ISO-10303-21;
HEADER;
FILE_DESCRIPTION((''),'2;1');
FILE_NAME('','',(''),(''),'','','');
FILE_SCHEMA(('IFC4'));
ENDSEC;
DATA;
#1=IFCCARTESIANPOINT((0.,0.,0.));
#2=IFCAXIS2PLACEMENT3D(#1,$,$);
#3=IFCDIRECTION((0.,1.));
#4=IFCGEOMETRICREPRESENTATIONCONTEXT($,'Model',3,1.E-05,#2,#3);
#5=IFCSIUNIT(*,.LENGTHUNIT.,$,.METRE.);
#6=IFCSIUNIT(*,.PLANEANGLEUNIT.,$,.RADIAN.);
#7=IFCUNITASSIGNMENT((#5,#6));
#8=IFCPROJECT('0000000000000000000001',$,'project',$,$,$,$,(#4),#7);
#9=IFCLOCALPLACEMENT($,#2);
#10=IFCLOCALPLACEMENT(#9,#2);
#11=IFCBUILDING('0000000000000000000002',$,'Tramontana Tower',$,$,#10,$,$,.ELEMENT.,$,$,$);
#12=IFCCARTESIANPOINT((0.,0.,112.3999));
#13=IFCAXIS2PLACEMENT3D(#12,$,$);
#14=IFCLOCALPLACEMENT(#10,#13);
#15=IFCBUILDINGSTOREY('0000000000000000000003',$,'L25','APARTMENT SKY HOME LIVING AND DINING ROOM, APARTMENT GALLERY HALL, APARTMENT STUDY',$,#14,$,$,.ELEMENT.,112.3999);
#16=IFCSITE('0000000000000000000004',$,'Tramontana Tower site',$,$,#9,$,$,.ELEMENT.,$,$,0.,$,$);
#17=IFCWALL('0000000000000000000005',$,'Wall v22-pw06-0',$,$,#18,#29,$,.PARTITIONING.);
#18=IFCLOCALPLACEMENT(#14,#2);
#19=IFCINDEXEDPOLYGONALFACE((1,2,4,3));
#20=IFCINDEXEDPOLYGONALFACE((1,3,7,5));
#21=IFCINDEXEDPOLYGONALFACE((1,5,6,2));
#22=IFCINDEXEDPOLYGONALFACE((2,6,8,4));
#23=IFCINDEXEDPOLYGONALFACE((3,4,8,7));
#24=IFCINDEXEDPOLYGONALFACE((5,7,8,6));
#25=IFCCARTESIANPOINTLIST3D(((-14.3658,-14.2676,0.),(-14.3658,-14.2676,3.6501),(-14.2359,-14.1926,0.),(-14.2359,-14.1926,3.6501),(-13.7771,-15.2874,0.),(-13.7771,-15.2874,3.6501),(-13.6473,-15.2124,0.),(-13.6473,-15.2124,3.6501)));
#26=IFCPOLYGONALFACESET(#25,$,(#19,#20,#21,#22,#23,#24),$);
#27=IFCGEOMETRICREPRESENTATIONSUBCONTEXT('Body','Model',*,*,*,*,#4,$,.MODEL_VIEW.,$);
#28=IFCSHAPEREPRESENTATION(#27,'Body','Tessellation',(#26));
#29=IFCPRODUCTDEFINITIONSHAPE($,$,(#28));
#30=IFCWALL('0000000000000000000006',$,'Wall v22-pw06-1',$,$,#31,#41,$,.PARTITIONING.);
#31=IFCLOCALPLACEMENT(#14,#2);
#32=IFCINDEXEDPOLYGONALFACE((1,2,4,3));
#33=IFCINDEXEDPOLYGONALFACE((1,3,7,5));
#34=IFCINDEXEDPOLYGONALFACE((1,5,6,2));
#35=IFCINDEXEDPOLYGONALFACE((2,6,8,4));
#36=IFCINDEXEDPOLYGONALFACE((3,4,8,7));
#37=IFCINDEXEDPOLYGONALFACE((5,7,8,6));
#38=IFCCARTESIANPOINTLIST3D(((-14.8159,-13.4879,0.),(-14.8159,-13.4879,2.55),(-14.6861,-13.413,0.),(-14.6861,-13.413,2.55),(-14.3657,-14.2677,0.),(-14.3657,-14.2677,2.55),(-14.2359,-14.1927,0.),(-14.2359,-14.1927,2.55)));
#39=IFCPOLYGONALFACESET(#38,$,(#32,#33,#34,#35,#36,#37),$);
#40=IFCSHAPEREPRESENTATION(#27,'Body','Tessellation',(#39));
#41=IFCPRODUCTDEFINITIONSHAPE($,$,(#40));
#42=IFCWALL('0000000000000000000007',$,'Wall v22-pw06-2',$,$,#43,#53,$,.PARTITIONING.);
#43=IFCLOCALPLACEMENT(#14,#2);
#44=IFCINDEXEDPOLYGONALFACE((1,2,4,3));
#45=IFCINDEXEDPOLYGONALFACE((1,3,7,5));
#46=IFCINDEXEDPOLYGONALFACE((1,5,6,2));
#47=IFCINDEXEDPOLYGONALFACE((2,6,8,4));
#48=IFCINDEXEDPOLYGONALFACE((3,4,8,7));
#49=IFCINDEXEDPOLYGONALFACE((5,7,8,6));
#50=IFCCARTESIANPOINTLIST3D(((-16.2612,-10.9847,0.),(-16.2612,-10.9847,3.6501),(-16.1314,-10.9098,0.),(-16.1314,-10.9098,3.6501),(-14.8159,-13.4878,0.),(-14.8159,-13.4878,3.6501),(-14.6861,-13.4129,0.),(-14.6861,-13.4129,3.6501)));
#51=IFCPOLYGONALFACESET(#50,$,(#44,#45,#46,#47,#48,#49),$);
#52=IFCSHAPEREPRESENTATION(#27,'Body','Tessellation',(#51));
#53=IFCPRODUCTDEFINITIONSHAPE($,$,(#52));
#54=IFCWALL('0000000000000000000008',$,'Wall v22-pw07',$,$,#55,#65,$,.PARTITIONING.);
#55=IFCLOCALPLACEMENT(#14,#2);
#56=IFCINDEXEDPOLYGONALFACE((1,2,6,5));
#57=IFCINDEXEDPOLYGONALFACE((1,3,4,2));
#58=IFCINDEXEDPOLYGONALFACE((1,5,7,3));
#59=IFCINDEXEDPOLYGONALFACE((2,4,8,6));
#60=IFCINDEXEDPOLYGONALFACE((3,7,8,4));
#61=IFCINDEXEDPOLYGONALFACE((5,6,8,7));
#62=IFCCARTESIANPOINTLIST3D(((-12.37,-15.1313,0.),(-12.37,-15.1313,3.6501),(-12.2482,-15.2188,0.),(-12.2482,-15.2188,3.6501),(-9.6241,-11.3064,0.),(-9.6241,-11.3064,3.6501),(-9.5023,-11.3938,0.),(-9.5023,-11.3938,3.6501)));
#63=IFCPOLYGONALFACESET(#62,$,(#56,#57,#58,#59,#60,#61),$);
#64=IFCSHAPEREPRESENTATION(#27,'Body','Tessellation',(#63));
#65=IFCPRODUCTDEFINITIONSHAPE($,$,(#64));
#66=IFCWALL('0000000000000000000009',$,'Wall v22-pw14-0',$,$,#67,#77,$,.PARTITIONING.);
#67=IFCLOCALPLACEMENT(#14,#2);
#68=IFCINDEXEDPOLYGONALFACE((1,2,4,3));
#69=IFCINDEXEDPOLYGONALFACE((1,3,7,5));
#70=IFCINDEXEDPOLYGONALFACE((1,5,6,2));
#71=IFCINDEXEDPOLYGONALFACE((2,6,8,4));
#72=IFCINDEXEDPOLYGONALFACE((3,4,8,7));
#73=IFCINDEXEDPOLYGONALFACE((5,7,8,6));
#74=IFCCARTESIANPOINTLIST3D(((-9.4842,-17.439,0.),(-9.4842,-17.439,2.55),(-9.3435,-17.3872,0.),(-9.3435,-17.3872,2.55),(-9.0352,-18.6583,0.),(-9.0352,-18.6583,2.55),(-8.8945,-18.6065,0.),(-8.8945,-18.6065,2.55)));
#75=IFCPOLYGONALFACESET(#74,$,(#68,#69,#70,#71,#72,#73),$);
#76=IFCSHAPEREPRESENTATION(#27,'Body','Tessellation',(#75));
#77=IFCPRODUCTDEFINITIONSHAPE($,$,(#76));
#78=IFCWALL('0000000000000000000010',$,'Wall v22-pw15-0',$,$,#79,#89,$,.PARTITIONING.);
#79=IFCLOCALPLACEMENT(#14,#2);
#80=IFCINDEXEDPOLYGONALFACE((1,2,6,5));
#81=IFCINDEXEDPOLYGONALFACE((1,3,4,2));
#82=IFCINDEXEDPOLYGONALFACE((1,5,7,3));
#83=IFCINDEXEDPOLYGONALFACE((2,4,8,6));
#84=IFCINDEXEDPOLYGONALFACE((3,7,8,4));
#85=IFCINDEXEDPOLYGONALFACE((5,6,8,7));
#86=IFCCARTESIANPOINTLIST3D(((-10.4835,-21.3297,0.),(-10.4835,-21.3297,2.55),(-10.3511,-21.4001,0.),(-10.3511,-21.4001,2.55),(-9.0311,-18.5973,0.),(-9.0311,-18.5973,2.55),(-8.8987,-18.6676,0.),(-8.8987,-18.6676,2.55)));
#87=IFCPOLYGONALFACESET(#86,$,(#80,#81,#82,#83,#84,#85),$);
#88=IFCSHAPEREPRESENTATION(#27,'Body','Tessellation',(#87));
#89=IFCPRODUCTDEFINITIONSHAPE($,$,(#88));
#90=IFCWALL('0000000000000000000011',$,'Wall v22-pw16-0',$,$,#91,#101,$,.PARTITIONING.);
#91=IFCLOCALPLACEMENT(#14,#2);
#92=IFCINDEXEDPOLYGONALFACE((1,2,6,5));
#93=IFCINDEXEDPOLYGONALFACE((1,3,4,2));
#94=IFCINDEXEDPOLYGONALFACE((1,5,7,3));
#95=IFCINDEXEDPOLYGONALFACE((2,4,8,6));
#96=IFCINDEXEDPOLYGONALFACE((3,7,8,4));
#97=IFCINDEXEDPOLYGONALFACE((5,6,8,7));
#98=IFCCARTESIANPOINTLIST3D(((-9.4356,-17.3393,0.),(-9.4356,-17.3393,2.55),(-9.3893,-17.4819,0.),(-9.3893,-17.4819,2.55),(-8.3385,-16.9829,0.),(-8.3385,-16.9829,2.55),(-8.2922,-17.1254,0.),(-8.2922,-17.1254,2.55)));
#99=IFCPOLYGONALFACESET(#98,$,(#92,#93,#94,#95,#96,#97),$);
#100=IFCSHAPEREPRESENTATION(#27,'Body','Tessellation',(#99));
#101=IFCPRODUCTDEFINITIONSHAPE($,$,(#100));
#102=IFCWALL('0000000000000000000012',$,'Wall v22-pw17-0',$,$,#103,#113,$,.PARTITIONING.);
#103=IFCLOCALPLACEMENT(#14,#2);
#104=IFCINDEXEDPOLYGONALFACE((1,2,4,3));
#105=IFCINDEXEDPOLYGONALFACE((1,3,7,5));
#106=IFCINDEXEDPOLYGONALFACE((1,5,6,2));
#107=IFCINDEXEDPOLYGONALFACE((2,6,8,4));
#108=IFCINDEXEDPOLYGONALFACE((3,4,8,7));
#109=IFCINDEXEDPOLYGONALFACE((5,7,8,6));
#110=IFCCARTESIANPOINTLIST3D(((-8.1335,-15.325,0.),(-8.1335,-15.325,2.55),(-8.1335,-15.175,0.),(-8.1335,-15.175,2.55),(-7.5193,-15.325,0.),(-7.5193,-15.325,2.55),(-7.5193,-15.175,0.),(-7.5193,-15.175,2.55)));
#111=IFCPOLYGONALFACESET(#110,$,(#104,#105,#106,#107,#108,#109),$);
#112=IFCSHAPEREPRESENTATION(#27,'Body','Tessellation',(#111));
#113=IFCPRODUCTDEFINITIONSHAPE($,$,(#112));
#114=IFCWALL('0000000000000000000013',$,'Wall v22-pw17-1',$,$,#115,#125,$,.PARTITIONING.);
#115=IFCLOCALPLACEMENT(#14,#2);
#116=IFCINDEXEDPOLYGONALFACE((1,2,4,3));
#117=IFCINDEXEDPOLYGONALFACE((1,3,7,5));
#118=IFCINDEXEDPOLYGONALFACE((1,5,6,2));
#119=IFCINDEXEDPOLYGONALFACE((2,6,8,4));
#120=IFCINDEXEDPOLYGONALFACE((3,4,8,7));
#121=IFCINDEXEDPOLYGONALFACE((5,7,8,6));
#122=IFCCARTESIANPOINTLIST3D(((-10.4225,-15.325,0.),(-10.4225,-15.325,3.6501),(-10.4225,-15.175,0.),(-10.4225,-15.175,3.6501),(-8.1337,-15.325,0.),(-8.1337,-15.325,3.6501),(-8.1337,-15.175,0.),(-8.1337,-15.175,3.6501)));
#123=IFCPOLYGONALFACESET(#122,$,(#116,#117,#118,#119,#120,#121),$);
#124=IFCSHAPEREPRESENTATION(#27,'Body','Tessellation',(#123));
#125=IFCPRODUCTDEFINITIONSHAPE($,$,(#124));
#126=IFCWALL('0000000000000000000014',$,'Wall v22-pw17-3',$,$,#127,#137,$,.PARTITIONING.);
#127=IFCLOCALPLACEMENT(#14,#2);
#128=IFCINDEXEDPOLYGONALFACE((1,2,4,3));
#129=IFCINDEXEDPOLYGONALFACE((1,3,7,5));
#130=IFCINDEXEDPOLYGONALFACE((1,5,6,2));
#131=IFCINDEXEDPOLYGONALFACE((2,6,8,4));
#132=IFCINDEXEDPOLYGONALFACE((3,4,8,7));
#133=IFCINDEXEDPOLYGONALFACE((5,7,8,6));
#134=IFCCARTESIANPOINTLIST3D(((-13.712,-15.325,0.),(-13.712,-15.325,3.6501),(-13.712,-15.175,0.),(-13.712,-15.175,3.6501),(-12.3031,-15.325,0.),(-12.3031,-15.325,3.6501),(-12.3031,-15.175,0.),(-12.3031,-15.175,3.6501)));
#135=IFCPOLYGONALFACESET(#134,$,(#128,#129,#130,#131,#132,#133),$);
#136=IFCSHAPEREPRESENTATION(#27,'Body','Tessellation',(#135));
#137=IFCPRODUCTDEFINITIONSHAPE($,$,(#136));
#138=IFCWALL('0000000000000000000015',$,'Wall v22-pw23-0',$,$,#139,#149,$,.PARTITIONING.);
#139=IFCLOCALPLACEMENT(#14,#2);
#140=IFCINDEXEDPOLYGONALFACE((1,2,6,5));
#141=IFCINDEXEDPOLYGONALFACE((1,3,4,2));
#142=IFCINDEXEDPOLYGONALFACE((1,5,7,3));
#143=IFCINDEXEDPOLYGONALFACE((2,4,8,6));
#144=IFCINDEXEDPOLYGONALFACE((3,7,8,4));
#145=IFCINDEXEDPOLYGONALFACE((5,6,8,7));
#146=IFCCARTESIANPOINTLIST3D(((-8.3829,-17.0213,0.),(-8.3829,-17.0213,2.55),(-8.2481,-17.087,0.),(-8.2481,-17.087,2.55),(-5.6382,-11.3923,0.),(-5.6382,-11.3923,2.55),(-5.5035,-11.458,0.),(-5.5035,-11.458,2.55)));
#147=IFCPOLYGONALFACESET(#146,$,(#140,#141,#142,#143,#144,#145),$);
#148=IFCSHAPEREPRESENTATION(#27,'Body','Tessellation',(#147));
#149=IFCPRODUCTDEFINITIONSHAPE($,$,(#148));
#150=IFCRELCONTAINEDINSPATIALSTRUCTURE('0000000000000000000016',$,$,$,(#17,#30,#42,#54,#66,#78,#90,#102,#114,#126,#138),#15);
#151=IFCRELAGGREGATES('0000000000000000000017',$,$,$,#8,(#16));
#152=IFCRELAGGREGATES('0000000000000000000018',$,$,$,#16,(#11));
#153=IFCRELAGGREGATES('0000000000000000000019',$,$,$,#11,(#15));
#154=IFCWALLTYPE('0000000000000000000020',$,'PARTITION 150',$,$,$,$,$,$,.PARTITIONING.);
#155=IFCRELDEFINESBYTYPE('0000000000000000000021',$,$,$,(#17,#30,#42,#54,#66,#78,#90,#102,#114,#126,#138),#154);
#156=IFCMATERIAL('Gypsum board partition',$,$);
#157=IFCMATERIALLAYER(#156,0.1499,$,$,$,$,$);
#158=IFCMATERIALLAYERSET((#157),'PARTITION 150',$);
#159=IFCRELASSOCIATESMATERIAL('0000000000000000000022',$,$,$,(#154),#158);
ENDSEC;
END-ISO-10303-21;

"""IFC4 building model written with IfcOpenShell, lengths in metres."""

from ifc_helpers import new_model, si_unit, direction, frame, frame_2d, origin, place, context, subcontext, project, spatial, rectangle, extrude, material, layer, layer_set, type_object, element, save


model = new_model("IFC4")

# Units and contexts
model_context = context("Model", 3, precision=1e-05, world=origin(), true_north=direction((0.0, 1.0)))
body_context = subcontext(model_context, "Body", "Model", "MODEL_VIEW")
ifc_project = project(units=[si_unit("LENGTHUNIT", "METRE"), si_unit("PLANEANGLEUNIT", "RADIAN")], contexts=[model_context])

# Site, building, storey
site_placement = place(None, origin())
site = spatial("IfcSite", under=ifc_project, at=site_placement, Name="Tramontana Tower site", CompositionType="ELEMENT", RefElevation=0.0)
building_placement = place(site_placement, origin())
building = spatial("IfcBuilding", under=site, at=building_placement, Name="Tramontana Tower", CompositionType="ELEMENT")
storey_placement = place(building_placement, frame((0.0, 0.0, 112.3999)))
storey = spatial("IfcBuildingStorey", under=building, at=storey_placement, Name="L25", Description="APARTMENT SKY HOME LIVING AND DINING ROOM, APARTMENT GALLERY HALL, APARTMENT STUDY", CompositionType="ELEMENT", Elevation=112.3999)

# Walls
ifc_material_1 = material(Name="Gypsum board partition")
ifc_layer_1 = layer(ifc_material_1, 0.1499)
ifc_layer_set_1 = layer_set([ifc_layer_1], Name="PARTITION 150")
wall_type_1 = type_object("IfcWallType", Name="PARTITION 150", PredefinedType="PARTITIONING", material=ifc_layer_set_1)
wall_1_placement = place(storey_placement, frame((-13.7122, -15.25, 0.0), z_axis=(0.0, 0.0, 1.0), x_axis=(-0.499908, 0.866079, 0.0)))
element("IfcWall", 1, at=wall_1_placement, inside=storey, type_object=wall_type_1, Name="Wall v22-pw06-0", PredefinedType="PARTITIONING", context=body_context, shape_type="SweptSolid", body=[
    extrude(rectangle(XDim=1.1775, YDim=0.1499, at=frame_2d((0.5889, 0.0))), origin(), (0.0, 0.0, 1.0), 3.6501),
])
wall_2_placement = place(storey_placement, frame((-14.3008, -14.2302, 0.0), z_axis=(0.0, 0.0, 1.0), x_axis=(-0.499988, 0.866032, 0.0)))
element("IfcWall", 2, at=wall_2_placement, inside=storey, type_object=wall_type_1, Name="Wall v22-pw06-1", PredefinedType="PARTITIONING", context=body_context, shape_type="SweptSolid", body=[
    extrude(rectangle(XDim=0.9004, YDim=0.1499, at=frame_2d((0.4502, 0.0))), origin(), (0.0, 0.0, 1.0), 2.55),
])
wall_3_placement = place(storey_placement, frame((-14.751, -13.4504, 0.0), z_axis=(0.0, 0.0, 1.0), x_axis=(-0.500027, 0.86601, 0.0)))
element("IfcWall", 3, at=wall_3_placement, inside=storey, type_object=wall_type_1, Name="Wall v22-pw06-2", PredefinedType="PARTITIONING", context=body_context, shape_type="SweptSolid", body=[
    extrude(rectangle(XDim=2.8904, YDim=0.1499, at=frame_2d((1.4453, 0.0))), origin(), (0.0, 0.0, 1.0), 3.6501),
])
wall_4_placement = place(storey_placement, frame((-12.3091, -15.175, 0.0), z_axis=(0.0, 0.0, 1.0), x_axis=(0.583169, 0.812351, 0.0)))
element("IfcWall", 4, at=wall_4_placement, inside=storey, type_object=wall_type_1, Name="Wall v22-pw07", PredefinedType="PARTITIONING", context=body_context, shape_type="SweptSolid", body=[
    extrude(rectangle(XDim=4.7085, YDim=0.1499, at=frame_2d((2.3542, 0.0))), origin(), (0.0, 0.0, 1.0), 3.6501),
])
wall_5_placement = place(storey_placement, frame((-9.4138, -17.4131, 0.0), z_axis=(0.0, 0.0, 1.0), x_axis=(0.345557, -0.938398, 0.0)))
element("IfcWall", 5, at=wall_5_placement, inside=storey, type_object=wall_type_1, Name="Wall v22-pw14-0", PredefinedType="PARTITIONING", context=body_context, shape_type="SweptSolid", body=[
    extrude(rectangle(XDim=1.2993, YDim=0.1499, at=frame_2d((0.6497, 0.0))), origin(), (0.0, 0.0, 1.0), 2.55),
])
wall_6_placement = place(storey_placement, frame((-8.9648, -18.6323, 0.0), z_axis=(0.0, 0.0, 1.0), x_axis=(-0.469355, -0.883009, 0.0)))
element("IfcWall", 6, at=wall_6_placement, inside=storey, type_object=wall_type_1, Name="Wall v22-pw15-0", PredefinedType="PARTITIONING", context=body_context, shape_type="SweptSolid", body=[
    extrude(rectangle(XDim=3.0945, YDim=0.1499, at=frame_2d((1.5474, 0.0))), origin(), (0.0, 0.0, 1.0), 2.55),
])
wall_7_placement = place(storey_placement, frame((-8.3154, -17.0542, 0.0), z_axis=(0.0, 0.0, 1.0), x_axis=(-0.951068, -0.308981, 0.0)))
element("IfcWall", 7, at=wall_7_placement, inside=storey, type_object=wall_type_1, Name="Wall v22-pw16-0", PredefinedType="PARTITIONING", context=body_context, shape_type="SweptSolid", body=[
    extrude(rectangle(XDim=1.1536, YDim=0.1499, at=frame_2d((0.5767, 0.0))), origin(), (0.0, 0.0, 1.0), 2.55),
])
wall_8_placement = place(storey_placement, frame((-7.5193, -15.25, 0.0), z_axis=(0.0, 0.0, 1.0), x_axis=(-1.0, 0.0, 0.0)))
element("IfcWall", 8, at=wall_8_placement, inside=storey, type_object=wall_type_1, Name="Wall v22-pw17-0", PredefinedType="PARTITIONING", context=body_context, shape_type="SweptSolid", body=[
    extrude(rectangle(XDim=0.6143, YDim=0.1499, at=frame_2d((0.3071, 0.0))), origin(), (0.0, 0.0, 1.0), 2.55),
])
wall_9_placement = place(storey_placement, frame((-8.1335, -15.25, 0.0), z_axis=(0.0, 0.0, 1.0), x_axis=(-1.0, 0.0, 0.0)))
element("IfcWall", 9, at=wall_9_placement, inside=storey, type_object=wall_type_1, Name="Wall v22-pw17-1", PredefinedType="PARTITIONING", context=body_context, shape_type="SweptSolid", body=[
    extrude(rectangle(XDim=2.2888, YDim=0.1499, at=frame_2d((1.1445, 0.0))), origin(), (0.0, 0.0, 1.0), 3.6501),
])

# Walls
wall_10_placement = place(storey_placement, frame((-12.303, -15.25, 0.0), z_axis=(0.0, 0.0, 1.0), x_axis=(-1.0, 0.0, 0.0)))
element("IfcWall", 10, at=wall_10_placement, inside=storey, type_object=wall_type_1, Name="Wall v22-pw17-3", PredefinedType="PARTITIONING", context=body_context, shape_type="SweptSolid", body=[
    extrude(rectangle(XDim=1.4089, YDim=0.1499, at=frame_2d((0.7046, 0.0))), origin(), (0.0, 0.0, 1.0), 3.6501),
])
wall_11_placement = place(storey_placement, frame((-5.5708, -11.425, 0.0), z_axis=(0.0, 0.0, 1.0), x_axis=(-0.438272, -0.898843, 0.0)))
element("IfcWall", 11, at=wall_11_placement, inside=storey, type_object=wall_type_1, Name="Wall v22-pw23-0", PredefinedType="PARTITIONING", context=body_context, shape_type="SweptSolid", body=[
    extrude(rectangle(XDim=6.2625, YDim=0.1499, at=frame_2d((3.1313, 0.0))), origin(), (0.0, 0.0, 1.0), 2.55),
])

save(model, "model.ifc")
